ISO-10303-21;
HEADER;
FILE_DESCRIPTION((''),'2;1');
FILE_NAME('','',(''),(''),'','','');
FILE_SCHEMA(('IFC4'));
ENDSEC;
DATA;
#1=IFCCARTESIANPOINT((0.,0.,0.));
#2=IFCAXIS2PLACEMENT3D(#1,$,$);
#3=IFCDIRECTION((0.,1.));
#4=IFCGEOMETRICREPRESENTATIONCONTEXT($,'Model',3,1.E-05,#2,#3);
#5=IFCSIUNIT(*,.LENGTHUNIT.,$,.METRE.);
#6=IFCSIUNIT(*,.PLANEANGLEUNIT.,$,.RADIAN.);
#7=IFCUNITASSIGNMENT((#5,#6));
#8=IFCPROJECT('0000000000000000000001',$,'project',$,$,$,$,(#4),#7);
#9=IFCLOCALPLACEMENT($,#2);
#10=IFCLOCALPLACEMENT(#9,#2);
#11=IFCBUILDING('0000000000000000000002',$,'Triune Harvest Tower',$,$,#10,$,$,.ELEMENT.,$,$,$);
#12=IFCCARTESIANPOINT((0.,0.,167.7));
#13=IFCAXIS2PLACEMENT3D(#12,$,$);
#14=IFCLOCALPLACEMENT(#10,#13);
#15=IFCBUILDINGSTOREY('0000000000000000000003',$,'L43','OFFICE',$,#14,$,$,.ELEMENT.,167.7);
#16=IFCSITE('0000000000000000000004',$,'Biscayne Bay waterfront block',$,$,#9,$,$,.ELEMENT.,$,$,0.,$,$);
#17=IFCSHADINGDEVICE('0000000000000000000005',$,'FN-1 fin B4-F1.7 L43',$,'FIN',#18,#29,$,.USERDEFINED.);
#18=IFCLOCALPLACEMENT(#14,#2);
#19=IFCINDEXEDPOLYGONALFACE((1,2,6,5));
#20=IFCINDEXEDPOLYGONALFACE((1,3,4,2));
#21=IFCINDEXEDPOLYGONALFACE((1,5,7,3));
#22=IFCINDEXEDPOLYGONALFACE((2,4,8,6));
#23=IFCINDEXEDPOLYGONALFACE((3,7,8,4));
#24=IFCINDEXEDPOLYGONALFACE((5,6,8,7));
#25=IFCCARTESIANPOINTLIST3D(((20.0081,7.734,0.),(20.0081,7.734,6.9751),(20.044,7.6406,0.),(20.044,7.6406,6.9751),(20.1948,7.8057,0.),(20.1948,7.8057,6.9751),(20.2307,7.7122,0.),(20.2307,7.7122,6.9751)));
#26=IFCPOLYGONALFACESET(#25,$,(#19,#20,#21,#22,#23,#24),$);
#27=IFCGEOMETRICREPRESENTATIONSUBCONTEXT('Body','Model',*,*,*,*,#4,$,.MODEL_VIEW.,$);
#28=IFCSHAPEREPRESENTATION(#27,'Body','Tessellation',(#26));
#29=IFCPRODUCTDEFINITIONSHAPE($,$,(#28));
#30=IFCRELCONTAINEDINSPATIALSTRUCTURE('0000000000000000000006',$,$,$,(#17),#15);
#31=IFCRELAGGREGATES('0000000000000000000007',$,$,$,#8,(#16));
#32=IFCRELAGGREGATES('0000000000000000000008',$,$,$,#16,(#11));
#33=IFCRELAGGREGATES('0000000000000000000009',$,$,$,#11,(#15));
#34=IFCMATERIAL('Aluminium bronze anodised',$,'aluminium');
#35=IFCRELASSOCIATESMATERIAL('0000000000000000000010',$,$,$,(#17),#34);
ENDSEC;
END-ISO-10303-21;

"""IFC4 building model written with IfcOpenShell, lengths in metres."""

from ifc_helpers import new_model, si_unit, direction, frame, origin, origin_2d, place, context, subcontext, project, spatial, rectangle, extrude, source, transform, mapped, material, element, save


model = new_model("IFC4")

# Units and contexts
model_context = context("Model", 3, precision=1e-05, world=origin(), true_north=direction((0.0, 1.0)))
body_context = subcontext(model_context, "Body", "Model", "MODEL_VIEW")
ifc_project = project(units=[si_unit("LENGTHUNIT", "METRE"), si_unit("PLANEANGLEUNIT", "RADIAN")], contexts=[model_context])

# Site, building, storey
site_placement = place(None, origin())
site = spatial("IfcSite", under=ifc_project, at=site_placement, Name="Biscayne Bay waterfront block", CompositionType="ELEMENT", RefElevation=0.0)
building_placement = place(site_placement, origin())
building = spatial("IfcBuilding", under=site, at=building_placement, Name="Triune Harvest Tower", CompositionType="ELEMENT")
storey_placement = place(building_placement, frame((0.0, 0.0, 167.7)))
storey = spatial("IfcBuildingStorey", under=building, at=storey_placement, Name="L43", Description="OFFICE", CompositionType="ELEMENT", Elevation=167.7)

# Shading device
ifc_material_1 = material(Name="Aluminium bronze anodised", Category="aluminium")
shared_shape_1 = source(origin(), body_context, "Body", "SweptSolid", [
    extrude(rectangle(XDim=0.1001, YDim=0.2, at=origin_2d()), origin(), (0.0, 0.0, 1.0), 6.9751),
])
for number, where, z_axis, x_axis, name in (
    (1, (20.1194, 7.7231, 0.0), (0.0, 0.0, 1.0), (-0.358369, 0.93358, 0.0), "FN-1 fin B4-F1.7 L43"),
):
    element("IfcShadingDevice", number, at=place(storey_placement, frame(where, z_axis=z_axis, x_axis=x_axis)), inside=storey, material=ifc_material_1, Name=name, ObjectType="FIN", PredefinedType="USERDEFINED", context=body_context, shape_type="MappedRepresentation", body=[
        mapped(shared_shape_1, transform((0.0, 0.0, 0.0), scale=1.0)),
    ])

save(model, "model.ifc")
